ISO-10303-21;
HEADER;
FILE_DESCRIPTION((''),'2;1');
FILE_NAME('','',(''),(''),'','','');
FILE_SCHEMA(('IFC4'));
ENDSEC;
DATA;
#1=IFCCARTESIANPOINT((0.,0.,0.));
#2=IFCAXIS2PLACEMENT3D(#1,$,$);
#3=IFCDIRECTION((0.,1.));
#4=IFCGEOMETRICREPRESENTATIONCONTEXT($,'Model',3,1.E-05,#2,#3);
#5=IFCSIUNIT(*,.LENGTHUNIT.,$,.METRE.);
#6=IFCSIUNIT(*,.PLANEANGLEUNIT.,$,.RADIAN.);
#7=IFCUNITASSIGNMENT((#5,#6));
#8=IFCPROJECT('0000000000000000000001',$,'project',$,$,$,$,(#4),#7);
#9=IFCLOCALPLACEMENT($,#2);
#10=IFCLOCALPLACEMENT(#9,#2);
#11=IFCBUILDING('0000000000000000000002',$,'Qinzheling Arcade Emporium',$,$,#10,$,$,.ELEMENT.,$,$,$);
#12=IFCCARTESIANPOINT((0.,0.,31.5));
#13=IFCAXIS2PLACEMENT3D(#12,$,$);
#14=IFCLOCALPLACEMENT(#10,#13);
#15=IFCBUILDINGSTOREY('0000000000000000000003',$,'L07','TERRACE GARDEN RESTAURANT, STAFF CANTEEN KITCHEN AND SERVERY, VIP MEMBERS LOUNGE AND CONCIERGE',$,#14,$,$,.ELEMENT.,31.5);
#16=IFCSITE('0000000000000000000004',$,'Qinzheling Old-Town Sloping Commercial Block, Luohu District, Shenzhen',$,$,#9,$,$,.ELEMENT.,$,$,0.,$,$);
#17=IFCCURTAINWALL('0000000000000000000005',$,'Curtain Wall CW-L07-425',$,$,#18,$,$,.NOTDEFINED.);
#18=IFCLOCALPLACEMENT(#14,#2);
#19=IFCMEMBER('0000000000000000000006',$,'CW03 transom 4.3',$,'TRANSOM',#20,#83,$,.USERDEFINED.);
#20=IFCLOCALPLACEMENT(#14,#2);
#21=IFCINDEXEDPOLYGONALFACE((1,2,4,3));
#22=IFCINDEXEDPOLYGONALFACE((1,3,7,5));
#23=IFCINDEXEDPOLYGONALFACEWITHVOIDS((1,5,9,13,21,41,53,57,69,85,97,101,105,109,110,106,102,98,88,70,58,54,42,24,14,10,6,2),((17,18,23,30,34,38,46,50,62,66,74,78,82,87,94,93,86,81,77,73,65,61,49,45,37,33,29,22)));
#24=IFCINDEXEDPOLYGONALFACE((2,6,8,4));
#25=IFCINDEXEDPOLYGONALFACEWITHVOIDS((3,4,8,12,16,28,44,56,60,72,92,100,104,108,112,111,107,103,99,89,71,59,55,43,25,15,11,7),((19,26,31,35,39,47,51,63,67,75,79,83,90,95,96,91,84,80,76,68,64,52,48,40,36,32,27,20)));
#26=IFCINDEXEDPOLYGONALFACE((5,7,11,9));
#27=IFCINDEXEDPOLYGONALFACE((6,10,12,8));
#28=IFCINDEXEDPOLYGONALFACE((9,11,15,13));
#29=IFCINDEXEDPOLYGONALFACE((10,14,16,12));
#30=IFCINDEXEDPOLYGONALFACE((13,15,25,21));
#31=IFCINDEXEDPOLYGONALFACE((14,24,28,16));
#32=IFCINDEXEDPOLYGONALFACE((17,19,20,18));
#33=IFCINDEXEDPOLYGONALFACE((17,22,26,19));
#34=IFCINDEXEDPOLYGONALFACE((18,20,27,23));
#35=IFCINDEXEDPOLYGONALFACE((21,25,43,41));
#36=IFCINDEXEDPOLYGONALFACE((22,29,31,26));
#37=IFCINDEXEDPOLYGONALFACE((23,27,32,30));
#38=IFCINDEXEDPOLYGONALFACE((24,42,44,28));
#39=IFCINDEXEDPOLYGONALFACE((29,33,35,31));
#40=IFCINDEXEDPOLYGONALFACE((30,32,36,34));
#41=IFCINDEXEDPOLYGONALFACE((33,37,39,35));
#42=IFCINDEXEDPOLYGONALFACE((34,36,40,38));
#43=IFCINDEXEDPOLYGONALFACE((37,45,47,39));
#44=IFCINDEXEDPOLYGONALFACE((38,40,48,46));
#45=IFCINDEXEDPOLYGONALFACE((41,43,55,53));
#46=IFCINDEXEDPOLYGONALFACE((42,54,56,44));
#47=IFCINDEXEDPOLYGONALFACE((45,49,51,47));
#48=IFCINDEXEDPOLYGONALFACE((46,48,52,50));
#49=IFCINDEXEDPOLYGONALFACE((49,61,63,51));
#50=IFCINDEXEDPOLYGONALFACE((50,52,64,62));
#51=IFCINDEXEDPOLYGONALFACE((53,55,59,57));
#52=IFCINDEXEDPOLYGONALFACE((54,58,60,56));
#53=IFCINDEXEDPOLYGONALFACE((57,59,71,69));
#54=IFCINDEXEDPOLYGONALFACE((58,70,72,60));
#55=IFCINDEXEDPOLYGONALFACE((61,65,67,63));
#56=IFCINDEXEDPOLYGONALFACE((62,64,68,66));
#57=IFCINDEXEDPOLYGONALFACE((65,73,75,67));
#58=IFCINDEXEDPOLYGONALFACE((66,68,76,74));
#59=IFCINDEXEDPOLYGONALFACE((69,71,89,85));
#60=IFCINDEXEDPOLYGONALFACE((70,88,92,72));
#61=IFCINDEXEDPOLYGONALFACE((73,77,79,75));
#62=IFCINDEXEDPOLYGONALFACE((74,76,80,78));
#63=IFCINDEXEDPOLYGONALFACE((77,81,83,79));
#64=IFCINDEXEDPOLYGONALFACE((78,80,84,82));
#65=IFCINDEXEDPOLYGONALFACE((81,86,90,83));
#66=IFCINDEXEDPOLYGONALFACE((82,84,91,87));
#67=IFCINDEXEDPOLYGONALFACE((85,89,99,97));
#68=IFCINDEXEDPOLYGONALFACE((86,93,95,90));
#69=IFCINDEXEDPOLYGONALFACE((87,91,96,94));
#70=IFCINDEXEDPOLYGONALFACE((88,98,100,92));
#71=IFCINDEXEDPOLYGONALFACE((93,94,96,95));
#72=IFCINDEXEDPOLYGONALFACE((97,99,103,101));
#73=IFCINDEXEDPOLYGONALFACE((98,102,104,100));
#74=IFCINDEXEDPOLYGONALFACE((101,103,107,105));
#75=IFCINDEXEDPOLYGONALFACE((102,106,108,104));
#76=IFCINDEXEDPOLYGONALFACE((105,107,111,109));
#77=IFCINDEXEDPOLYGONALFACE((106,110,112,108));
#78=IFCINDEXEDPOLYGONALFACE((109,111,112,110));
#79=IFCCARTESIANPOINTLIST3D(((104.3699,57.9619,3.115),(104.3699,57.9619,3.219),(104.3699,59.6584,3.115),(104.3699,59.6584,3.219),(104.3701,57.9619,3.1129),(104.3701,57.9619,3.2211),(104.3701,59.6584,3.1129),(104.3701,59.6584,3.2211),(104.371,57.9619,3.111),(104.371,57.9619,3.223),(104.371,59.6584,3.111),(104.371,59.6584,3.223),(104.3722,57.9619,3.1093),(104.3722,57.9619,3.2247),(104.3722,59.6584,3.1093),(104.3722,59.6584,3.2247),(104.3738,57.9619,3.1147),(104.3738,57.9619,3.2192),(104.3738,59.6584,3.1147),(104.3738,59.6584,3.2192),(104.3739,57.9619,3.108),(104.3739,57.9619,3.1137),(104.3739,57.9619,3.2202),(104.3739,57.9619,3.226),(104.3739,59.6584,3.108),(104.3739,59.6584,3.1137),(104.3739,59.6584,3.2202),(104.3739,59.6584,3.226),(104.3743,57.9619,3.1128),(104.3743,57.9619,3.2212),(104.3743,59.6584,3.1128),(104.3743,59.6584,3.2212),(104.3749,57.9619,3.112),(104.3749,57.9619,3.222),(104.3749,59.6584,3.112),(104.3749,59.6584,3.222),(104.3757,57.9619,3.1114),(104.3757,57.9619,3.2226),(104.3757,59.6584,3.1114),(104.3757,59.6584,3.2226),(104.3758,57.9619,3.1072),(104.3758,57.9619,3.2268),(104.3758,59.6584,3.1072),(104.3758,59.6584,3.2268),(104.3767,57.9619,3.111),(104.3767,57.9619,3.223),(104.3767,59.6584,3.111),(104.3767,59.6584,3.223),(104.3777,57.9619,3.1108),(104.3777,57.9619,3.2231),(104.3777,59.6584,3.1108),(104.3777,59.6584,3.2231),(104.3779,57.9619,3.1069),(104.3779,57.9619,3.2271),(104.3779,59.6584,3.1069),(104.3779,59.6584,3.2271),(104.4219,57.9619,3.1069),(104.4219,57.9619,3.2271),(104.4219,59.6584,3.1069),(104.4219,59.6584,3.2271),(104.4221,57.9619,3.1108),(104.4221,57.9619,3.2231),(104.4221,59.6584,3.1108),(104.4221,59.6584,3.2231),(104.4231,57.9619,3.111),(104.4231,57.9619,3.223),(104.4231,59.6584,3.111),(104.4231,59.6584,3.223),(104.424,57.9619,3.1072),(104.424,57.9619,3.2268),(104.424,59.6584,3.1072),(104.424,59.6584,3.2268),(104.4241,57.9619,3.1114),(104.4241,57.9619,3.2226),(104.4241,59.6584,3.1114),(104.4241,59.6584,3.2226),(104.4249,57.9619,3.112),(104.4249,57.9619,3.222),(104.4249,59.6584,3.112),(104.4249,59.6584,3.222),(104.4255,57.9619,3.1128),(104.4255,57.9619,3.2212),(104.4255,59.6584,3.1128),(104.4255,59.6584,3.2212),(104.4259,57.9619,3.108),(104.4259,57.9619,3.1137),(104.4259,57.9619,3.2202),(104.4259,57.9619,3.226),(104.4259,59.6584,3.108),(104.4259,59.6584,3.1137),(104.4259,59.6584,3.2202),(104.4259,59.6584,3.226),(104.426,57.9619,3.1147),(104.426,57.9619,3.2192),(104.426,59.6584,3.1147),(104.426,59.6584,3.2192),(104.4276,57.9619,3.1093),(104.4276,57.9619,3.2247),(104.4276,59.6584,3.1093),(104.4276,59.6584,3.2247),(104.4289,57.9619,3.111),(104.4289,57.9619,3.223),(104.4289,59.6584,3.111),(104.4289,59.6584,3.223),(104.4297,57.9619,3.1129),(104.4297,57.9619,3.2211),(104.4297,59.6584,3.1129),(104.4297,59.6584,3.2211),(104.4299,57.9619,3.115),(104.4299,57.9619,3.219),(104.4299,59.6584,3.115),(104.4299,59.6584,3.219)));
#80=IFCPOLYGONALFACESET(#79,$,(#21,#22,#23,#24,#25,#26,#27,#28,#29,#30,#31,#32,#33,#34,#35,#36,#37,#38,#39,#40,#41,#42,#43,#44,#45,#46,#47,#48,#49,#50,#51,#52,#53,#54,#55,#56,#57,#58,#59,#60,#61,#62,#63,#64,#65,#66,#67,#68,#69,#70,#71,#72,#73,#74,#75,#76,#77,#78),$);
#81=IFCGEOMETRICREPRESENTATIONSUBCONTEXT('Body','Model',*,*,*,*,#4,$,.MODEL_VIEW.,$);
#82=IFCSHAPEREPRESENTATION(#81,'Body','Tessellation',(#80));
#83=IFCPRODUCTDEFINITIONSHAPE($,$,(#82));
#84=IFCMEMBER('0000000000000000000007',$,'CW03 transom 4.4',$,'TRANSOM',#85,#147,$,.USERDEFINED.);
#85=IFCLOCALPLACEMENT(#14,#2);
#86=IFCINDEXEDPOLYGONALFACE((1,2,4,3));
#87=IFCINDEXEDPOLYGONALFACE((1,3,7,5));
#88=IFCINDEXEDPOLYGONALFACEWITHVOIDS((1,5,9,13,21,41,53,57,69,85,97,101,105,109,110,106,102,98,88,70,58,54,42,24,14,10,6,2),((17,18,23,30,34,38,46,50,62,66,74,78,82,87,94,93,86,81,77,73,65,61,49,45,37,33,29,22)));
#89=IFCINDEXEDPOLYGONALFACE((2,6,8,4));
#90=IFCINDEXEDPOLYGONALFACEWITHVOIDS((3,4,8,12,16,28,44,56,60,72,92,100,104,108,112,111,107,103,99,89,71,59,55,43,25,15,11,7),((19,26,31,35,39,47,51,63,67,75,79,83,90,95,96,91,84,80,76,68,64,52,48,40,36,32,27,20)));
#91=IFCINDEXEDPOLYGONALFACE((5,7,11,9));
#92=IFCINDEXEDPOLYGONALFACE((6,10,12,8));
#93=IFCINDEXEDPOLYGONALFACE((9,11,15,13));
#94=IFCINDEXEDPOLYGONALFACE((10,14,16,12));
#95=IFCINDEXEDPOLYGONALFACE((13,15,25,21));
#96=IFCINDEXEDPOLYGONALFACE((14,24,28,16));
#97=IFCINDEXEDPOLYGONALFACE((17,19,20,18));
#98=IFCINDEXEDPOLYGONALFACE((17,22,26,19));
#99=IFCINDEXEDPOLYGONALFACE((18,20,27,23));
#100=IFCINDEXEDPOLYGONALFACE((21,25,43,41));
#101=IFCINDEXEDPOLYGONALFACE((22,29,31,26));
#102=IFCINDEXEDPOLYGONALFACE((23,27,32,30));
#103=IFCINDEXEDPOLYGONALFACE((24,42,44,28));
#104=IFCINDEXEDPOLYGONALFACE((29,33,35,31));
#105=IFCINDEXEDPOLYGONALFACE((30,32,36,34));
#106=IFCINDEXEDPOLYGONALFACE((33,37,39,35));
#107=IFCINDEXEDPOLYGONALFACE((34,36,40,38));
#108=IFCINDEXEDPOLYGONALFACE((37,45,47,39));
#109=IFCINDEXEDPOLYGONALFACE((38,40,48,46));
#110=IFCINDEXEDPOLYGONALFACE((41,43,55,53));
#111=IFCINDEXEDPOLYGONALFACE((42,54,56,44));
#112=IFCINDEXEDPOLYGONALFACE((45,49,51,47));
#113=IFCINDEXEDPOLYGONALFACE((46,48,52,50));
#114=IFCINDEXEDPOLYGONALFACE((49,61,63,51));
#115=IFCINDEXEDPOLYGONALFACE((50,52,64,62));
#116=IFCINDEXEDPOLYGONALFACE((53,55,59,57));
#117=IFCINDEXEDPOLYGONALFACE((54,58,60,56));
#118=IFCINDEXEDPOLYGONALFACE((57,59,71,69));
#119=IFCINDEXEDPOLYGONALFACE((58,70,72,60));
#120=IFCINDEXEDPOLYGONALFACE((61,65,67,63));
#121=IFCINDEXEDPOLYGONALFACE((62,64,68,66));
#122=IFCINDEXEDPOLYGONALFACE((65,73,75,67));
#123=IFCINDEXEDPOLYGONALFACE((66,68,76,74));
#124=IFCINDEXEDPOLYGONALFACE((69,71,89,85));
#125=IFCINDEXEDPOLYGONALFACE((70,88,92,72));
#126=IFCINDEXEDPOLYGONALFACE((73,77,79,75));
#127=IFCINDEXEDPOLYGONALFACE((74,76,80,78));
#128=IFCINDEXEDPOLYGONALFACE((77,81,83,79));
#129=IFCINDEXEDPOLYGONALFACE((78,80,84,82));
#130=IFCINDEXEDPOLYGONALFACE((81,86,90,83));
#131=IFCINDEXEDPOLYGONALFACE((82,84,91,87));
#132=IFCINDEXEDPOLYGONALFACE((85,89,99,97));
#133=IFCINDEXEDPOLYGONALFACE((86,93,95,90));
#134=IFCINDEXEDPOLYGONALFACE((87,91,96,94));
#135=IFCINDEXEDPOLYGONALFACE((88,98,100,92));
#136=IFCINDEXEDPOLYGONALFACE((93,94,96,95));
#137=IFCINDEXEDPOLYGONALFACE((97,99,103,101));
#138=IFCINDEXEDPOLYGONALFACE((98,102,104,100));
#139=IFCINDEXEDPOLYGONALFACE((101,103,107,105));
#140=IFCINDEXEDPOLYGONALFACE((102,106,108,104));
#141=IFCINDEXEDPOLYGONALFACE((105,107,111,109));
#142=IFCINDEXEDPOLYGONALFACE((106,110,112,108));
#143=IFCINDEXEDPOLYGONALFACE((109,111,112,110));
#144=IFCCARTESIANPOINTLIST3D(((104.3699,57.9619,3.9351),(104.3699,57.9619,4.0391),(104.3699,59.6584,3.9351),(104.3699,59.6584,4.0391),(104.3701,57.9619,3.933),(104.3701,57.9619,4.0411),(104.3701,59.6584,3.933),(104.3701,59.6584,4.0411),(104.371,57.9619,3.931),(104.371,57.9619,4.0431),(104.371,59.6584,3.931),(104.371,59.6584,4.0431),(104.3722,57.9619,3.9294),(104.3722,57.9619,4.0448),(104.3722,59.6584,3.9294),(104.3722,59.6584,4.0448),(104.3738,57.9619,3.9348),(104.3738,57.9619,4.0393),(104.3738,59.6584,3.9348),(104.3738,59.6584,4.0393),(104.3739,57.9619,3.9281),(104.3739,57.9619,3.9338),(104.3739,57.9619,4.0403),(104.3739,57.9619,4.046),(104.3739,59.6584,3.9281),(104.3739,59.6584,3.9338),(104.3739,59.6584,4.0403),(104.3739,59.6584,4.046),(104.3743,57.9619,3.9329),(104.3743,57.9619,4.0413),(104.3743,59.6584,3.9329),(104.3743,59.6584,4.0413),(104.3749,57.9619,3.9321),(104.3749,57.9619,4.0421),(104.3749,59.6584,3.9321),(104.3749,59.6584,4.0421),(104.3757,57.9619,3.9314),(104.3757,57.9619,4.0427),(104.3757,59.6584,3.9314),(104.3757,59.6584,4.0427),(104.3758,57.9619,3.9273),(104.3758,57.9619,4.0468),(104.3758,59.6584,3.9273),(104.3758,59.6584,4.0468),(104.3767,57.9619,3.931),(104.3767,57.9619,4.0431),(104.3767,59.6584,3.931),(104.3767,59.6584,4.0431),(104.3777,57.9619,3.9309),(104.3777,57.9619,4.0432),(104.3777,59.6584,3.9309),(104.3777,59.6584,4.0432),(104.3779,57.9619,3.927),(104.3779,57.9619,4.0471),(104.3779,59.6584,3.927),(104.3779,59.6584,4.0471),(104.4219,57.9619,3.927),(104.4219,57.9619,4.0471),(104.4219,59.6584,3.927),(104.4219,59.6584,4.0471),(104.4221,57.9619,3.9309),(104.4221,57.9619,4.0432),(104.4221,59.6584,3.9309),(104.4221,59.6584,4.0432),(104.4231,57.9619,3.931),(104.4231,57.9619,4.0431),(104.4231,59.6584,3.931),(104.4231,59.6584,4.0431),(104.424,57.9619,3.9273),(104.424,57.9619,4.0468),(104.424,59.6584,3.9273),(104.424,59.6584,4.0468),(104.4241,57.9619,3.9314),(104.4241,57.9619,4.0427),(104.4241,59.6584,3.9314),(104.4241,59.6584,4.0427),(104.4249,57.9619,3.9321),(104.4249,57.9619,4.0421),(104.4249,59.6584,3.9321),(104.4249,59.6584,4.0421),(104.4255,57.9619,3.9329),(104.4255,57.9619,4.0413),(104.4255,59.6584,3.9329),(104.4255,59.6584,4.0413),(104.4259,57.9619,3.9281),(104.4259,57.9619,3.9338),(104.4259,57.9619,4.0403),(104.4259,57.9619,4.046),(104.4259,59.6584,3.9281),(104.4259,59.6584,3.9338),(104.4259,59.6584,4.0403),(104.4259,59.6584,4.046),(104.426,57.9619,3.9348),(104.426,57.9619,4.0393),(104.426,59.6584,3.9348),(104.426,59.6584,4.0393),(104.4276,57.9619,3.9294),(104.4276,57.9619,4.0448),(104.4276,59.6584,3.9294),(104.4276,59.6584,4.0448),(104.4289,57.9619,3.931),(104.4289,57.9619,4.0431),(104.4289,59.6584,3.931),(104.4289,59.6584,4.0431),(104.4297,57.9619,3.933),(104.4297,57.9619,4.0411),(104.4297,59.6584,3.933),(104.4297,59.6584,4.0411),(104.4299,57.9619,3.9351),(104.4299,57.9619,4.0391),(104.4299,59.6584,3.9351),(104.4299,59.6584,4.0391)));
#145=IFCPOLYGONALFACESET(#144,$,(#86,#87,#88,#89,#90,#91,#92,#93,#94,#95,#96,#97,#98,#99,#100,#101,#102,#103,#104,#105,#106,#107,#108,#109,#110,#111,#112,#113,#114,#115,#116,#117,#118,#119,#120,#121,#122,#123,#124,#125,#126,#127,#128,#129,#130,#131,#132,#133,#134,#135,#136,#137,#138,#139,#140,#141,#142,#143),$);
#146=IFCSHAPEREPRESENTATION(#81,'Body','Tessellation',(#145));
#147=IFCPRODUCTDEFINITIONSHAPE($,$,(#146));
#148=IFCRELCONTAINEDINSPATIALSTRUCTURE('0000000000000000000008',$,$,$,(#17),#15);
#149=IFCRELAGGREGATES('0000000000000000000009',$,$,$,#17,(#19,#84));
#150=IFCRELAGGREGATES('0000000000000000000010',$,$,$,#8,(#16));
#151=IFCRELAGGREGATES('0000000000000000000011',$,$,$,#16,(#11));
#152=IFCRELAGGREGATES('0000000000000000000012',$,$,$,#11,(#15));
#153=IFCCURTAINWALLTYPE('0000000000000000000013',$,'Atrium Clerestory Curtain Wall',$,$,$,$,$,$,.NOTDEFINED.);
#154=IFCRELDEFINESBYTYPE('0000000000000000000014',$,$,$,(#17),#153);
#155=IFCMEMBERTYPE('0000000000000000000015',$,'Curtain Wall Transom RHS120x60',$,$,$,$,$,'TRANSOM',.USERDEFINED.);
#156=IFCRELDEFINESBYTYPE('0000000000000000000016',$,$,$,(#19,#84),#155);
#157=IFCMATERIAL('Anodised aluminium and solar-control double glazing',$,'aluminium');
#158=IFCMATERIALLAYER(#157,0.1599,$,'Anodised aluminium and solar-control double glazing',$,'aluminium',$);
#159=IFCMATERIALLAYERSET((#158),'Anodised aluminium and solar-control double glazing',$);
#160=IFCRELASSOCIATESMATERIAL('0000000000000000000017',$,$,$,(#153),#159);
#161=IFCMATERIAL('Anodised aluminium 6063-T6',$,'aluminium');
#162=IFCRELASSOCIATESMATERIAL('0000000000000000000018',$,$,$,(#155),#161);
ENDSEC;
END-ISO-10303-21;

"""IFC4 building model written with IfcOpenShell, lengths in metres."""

from ifc_helpers import new_model, si_unit, direction, frame, origin, origin_2d, place, context, subcontext, project, spatial, hollow_rectangle, extrude, material, layer, layer_set, material_profile, profile_set, type_object, element, aggregate, save


model = new_model("IFC4")

# Units and contexts
model_context = context("Model", 3, precision=1e-05, world=origin(), true_north=direction((0.0, 1.0)))
body_context = subcontext(model_context, "Body", "Model", "MODEL_VIEW")
ifc_project = project(units=[si_unit("LENGTHUNIT", "METRE"), si_unit("PLANEANGLEUNIT", "RADIAN")], contexts=[model_context])

# Site, building, storey
site_placement = place(None, origin())
site = spatial("IfcSite", under=ifc_project, at=site_placement, Name="Qinzheling Old-Town Sloping Commercial Block, Luohu District, Shenzhen", CompositionType="ELEMENT", RefElevation=0.0)
building_placement = place(site_placement, origin())
building = spatial("IfcBuilding", under=site, at=building_placement, Name="Qinzheling Arcade Emporium", CompositionType="ELEMENT")
storey_placement = place(building_placement, frame((0.0, 0.0, 31.5)))
storey = spatial("IfcBuildingStorey", under=building, at=storey_placement, Name="L07", Description="TERRACE GARDEN RESTAURANT, STAFF CANTEEN KITCHEN AND SERVERY, VIP MEMBERS LOUNGE AND CONCIERGE", CompositionType="ELEMENT", Elevation=31.5)

# Curtain wall
ifc_material_1 = material(Name="Anodised aluminium and solar-control double glazing", Category="aluminium")
ifc_layer_1 = layer(ifc_material_1, 0.1599, Name="Anodised aluminium and solar-control double glazing", Category="aluminium")
ifc_layer_set_1 = layer_set([ifc_layer_1], Name="Anodised aluminium and solar-control double glazing")
curtain_wall_type = type_object("IfcCurtainWallType", Name="Atrium Clerestory Curtain Wall", PredefinedType="NOTDEFINED", material=ifc_layer_set_1)
curtain_wall_1_placement = place(storey_placement, origin())
curtain_wall_1 = element("IfcCurtainWall", 1, at=curtain_wall_1_placement, inside=storey, type_object=curtain_wall_type, Name="Curtain Wall CW-L07-425", PredefinedType="NOTDEFINED")
ifc_material_2 = material(Name="Anodised aluminium 6063-T6", Category="aluminium")

# Members
ifc_material_profile_1 = material_profile(ifc_material_2, hollow_rectangle(XDim=0.0601, YDim=0.1201, WallThickness=0.0039, InnerFilletRadius=0.0039, OuterFilletRadius=0.0081, at=origin_2d()), Name="RHS 120x60x4", Category="aluminium")
ifc_profile_set_1 = profile_set([ifc_material_profile_1], Name="Anodised aluminium 6063-T6")
member_type_1 = type_object("IfcMemberType", Name="Curtain Wall Transom RHS120x60", ElementType="TRANSOM", PredefinedType="USERDEFINED", material=ifc_profile_set_1)
member_1_placement = place(storey_placement, frame((104.3999, 59.6584, 3.167), z_axis=(0.0, -1.0, 0.0), x_axis=(1.0, 0.0, 0.0)))
member_1 = element("IfcMember", 2, at=member_1_placement, type_object=member_type_1, Name="CW03 transom 4.3", ObjectType="TRANSOM", PredefinedType="USERDEFINED", context=body_context, shape_type="SweptSolid", body=[
    extrude(hollow_rectangle(XDim=0.0601, YDim=0.1201, WallThickness=0.0039, InnerFilletRadius=0.0039, OuterFilletRadius=0.0081, at=origin_2d()), origin(), (0.0, 0.0, 1.0), 1.6965),
])
member_2_placement = place(storey_placement, frame((104.3999, 59.6584, 3.9871), z_axis=(0.0, -1.0, 0.0), x_axis=(1.0, 0.0, 0.0)))
member_2 = element("IfcMember", 3, at=member_2_placement, type_object=member_type_1, Name="CW03 transom 4.4", ObjectType="TRANSOM", PredefinedType="USERDEFINED", context=body_context, shape_type="SweptSolid", body=[
    extrude(hollow_rectangle(XDim=0.0601, YDim=0.1201, WallThickness=0.0039, InnerFilletRadius=0.0039, OuterFilletRadius=0.0081, at=origin_2d()), origin(), (0.0, 0.0, 1.0), 1.6965),
])

aggregate(curtain_wall_1, [member_1, member_2])

save(model, "model.ifc")
